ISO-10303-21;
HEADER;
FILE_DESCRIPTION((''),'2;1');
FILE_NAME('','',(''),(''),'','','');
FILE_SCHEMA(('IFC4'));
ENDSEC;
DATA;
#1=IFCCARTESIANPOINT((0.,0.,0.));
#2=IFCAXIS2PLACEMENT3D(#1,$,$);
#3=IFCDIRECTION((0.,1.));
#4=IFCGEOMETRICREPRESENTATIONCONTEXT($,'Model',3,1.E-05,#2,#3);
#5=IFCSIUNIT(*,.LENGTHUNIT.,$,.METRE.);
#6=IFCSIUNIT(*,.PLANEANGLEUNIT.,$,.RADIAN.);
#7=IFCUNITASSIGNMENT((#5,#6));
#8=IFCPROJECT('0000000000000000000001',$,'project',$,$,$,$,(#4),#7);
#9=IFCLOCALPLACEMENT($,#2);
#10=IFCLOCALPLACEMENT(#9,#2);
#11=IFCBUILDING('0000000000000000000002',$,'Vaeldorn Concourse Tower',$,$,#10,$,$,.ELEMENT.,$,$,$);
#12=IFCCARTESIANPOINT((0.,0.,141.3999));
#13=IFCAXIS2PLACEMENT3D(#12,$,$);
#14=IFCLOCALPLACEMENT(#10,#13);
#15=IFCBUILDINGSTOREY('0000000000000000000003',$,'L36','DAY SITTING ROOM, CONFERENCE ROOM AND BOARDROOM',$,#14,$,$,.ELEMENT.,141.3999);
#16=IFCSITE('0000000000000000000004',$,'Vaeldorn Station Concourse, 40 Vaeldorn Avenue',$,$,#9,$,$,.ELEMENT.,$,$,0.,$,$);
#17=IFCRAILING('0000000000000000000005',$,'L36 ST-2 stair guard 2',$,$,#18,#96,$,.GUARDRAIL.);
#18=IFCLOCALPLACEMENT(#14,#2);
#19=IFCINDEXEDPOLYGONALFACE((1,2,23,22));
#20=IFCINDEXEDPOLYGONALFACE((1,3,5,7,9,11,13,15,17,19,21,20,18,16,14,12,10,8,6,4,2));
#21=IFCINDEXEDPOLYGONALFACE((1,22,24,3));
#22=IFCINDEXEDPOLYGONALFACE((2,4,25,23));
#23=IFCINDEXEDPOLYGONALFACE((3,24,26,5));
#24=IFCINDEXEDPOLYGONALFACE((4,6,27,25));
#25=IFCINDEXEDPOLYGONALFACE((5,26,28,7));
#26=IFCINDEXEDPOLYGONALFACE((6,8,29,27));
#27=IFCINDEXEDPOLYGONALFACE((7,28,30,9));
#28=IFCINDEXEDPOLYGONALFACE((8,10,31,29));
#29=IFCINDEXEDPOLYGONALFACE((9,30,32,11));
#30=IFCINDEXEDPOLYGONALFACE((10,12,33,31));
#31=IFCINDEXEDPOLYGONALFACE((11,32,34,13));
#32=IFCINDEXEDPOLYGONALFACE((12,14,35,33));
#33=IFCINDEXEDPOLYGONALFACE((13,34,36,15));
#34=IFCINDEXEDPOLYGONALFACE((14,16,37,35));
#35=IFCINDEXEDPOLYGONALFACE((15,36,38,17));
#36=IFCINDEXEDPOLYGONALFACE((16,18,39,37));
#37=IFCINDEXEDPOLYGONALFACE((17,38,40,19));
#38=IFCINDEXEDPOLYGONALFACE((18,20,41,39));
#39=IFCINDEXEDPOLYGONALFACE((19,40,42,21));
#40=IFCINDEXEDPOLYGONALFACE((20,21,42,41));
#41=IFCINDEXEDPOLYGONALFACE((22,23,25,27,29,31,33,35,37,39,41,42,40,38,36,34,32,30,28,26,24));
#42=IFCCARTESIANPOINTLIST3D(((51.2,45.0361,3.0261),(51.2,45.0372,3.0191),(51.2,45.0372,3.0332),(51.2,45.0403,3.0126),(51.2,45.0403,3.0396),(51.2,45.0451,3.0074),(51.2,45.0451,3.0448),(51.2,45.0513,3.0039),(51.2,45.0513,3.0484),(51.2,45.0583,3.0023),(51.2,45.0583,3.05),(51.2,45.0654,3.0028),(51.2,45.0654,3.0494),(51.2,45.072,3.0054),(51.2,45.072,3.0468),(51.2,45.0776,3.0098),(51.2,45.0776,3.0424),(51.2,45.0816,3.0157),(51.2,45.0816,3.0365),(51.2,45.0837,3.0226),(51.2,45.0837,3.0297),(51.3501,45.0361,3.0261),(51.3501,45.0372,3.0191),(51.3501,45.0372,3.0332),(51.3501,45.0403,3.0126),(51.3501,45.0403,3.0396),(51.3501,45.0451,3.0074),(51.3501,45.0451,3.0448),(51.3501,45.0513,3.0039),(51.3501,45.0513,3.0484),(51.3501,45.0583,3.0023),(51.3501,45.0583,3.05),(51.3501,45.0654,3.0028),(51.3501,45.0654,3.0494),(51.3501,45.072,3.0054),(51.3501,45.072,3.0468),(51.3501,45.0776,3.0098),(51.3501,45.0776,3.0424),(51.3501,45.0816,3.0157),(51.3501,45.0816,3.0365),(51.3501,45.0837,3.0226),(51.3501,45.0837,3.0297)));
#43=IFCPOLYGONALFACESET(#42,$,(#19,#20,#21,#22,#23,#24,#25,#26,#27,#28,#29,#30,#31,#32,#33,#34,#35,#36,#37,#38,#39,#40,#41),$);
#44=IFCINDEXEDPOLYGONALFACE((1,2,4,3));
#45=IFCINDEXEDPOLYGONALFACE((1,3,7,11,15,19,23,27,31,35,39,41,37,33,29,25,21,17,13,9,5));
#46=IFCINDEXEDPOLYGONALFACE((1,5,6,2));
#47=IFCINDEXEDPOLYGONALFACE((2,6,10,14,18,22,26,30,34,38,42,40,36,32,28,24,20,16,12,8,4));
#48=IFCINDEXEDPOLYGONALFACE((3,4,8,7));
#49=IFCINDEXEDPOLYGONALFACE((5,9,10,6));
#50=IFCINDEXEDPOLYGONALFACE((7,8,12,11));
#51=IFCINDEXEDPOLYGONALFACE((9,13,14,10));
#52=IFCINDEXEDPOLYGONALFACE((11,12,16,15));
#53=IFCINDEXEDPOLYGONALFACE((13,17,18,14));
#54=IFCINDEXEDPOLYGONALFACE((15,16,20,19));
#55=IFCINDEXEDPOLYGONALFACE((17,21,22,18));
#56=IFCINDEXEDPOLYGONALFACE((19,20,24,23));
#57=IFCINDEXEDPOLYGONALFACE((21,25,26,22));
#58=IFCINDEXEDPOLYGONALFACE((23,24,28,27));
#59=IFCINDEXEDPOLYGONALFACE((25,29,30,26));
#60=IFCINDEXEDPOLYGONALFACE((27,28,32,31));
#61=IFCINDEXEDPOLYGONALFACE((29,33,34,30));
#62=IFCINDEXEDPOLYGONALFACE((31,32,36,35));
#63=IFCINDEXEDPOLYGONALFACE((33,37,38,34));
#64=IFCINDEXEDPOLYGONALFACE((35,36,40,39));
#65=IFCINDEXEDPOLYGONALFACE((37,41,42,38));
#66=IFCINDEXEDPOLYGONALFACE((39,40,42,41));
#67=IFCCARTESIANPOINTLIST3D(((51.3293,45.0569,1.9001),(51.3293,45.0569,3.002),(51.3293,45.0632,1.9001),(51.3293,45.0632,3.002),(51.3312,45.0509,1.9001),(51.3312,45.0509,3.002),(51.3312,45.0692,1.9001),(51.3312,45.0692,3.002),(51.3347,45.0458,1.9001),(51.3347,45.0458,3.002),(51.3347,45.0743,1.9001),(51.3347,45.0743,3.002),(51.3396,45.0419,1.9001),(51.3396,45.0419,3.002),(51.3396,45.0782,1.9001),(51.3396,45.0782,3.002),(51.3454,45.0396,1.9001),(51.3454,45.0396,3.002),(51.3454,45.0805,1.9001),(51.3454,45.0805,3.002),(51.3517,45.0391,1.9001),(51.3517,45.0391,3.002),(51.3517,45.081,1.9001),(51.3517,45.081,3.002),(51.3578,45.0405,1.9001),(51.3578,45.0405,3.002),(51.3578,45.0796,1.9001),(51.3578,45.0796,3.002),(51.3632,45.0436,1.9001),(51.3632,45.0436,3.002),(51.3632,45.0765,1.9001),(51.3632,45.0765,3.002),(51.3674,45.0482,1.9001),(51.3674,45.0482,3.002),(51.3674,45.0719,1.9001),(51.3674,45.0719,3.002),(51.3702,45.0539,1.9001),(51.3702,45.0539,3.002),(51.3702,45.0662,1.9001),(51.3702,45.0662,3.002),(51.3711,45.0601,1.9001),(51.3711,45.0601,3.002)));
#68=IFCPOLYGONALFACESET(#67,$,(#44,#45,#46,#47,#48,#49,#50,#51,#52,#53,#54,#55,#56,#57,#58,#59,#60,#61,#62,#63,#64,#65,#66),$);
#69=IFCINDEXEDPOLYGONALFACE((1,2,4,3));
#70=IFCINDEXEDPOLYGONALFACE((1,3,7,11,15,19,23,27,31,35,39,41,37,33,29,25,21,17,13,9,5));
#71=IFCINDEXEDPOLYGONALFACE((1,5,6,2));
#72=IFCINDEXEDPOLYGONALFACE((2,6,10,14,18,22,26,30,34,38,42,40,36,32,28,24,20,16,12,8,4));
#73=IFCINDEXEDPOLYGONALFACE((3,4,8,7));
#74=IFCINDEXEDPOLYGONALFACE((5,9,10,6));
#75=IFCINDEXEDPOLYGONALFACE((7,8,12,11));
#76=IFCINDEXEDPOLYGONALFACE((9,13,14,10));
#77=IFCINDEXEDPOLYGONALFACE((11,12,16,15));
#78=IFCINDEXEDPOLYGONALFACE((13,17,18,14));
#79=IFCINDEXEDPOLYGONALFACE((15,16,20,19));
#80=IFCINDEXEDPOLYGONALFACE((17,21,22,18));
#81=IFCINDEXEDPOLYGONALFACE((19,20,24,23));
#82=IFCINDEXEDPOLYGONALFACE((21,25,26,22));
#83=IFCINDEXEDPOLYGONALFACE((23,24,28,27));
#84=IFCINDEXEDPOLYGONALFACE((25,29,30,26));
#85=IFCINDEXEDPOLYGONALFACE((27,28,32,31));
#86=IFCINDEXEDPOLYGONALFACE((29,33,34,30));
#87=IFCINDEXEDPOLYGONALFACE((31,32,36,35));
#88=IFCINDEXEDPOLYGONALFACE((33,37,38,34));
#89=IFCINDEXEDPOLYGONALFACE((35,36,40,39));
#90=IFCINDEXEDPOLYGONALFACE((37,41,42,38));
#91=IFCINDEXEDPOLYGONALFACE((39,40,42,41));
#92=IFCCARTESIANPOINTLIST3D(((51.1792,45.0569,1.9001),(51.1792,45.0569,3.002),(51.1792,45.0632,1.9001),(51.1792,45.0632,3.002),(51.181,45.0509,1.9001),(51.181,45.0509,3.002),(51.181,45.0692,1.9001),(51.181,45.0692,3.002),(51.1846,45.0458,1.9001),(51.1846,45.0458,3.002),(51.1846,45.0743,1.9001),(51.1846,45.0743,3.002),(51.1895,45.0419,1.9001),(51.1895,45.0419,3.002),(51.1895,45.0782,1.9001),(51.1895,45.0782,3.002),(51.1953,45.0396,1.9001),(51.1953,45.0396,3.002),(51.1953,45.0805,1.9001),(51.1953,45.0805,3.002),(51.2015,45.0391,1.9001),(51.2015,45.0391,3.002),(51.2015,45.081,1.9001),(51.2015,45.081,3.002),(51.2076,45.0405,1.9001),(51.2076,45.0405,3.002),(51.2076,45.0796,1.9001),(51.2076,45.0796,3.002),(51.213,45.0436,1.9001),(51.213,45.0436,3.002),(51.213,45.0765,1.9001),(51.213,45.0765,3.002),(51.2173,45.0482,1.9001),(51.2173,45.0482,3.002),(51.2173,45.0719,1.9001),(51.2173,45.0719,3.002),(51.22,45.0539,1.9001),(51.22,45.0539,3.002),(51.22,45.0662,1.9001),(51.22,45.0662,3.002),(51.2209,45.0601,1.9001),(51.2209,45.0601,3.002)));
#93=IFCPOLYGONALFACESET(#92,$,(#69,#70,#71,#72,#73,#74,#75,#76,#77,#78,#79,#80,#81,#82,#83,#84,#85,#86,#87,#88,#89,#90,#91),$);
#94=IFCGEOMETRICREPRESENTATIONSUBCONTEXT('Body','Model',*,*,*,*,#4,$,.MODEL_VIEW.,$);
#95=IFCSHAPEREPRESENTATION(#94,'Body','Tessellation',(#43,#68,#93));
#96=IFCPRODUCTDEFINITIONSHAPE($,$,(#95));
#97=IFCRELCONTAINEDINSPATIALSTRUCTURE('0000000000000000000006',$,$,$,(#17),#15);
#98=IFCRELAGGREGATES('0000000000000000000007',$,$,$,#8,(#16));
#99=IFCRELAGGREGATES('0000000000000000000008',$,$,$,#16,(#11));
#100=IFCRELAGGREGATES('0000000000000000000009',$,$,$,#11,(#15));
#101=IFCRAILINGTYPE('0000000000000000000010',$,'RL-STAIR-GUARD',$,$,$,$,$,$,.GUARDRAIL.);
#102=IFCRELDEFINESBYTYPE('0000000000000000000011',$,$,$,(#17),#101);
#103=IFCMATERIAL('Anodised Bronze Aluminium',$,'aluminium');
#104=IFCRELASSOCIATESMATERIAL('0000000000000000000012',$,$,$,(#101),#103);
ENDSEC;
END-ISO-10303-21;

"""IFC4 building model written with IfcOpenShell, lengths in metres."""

from ifc_helpers import new_model, si_unit, direction, frame, origin, origin_2d, place, context, subcontext, project, spatial, circle, extrude, material, type_object, element, save


model = new_model("IFC4")

# Units and contexts
model_context = context("Model", 3, precision=1e-05, world=origin(), true_north=direction((0.0, 1.0)))
body_context = subcontext(model_context, "Body", "Model", "MODEL_VIEW")
ifc_project = project(units=[si_unit("LENGTHUNIT", "METRE"), si_unit("PLANEANGLEUNIT", "RADIAN")], contexts=[model_context])

# Site, building, storey
site_placement = place(None, origin())
site = spatial("IfcSite", under=ifc_project, at=site_placement, Name="Vaeldorn Station Concourse, 40 Vaeldorn Avenue", CompositionType="ELEMENT", RefElevation=0.0)
building_placement = place(site_placement, origin())
building = spatial("IfcBuilding", under=site, at=building_placement, Name="Vaeldorn Concourse Tower", CompositionType="ELEMENT")
storey_placement = place(building_placement, frame((0.0, 0.0, 141.3999)))
storey = spatial("IfcBuildingStorey", under=building, at=storey_placement, Name="L36", Description="DAY SITTING ROOM, CONFERENCE ROOM AND BOARDROOM", CompositionType="ELEMENT", Elevation=141.3999)

# Shared definitions
ifc_material_1 = material(Name="Anodised Bronze Aluminium", Category="aluminium")

# Railing
railing_type_1 = type_object("IfcRailingType", Name="RL-STAIR-GUARD", PredefinedType="GUARDRAIL", material=ifc_material_1)
railing_1_placement = place(storey_placement, frame((51.3501, 45.0601, 1.9001)))
element("IfcRailing", 1, at=railing_1_placement, inside=storey, type_object=railing_type_1, Name="L36 ST-2 stair guard 2", PredefinedType="GUARDRAIL", context=body_context, shape_type="SweptSolid", body=[
    extrude(circle(Radius=0.0239, at=origin_2d()), frame((0.0, 0.0, 1.126), z_axis=(-1.0, 0.0, 0.0), x_axis=(0.0, -1.0, 0.0)), (0.0, 0.0, 1.0), 0.1501),
    extrude(circle(Radius=0.021, at=origin_2d()), origin(), (0.0, 0.0, 1.0), 1.1018),
    extrude(circle(Radius=0.021, at=origin_2d()), frame((-0.1501, 0.0, 0.0)), (0.0, 0.0, 1.0), 1.1018),
])

save(model, "model.ifc")
